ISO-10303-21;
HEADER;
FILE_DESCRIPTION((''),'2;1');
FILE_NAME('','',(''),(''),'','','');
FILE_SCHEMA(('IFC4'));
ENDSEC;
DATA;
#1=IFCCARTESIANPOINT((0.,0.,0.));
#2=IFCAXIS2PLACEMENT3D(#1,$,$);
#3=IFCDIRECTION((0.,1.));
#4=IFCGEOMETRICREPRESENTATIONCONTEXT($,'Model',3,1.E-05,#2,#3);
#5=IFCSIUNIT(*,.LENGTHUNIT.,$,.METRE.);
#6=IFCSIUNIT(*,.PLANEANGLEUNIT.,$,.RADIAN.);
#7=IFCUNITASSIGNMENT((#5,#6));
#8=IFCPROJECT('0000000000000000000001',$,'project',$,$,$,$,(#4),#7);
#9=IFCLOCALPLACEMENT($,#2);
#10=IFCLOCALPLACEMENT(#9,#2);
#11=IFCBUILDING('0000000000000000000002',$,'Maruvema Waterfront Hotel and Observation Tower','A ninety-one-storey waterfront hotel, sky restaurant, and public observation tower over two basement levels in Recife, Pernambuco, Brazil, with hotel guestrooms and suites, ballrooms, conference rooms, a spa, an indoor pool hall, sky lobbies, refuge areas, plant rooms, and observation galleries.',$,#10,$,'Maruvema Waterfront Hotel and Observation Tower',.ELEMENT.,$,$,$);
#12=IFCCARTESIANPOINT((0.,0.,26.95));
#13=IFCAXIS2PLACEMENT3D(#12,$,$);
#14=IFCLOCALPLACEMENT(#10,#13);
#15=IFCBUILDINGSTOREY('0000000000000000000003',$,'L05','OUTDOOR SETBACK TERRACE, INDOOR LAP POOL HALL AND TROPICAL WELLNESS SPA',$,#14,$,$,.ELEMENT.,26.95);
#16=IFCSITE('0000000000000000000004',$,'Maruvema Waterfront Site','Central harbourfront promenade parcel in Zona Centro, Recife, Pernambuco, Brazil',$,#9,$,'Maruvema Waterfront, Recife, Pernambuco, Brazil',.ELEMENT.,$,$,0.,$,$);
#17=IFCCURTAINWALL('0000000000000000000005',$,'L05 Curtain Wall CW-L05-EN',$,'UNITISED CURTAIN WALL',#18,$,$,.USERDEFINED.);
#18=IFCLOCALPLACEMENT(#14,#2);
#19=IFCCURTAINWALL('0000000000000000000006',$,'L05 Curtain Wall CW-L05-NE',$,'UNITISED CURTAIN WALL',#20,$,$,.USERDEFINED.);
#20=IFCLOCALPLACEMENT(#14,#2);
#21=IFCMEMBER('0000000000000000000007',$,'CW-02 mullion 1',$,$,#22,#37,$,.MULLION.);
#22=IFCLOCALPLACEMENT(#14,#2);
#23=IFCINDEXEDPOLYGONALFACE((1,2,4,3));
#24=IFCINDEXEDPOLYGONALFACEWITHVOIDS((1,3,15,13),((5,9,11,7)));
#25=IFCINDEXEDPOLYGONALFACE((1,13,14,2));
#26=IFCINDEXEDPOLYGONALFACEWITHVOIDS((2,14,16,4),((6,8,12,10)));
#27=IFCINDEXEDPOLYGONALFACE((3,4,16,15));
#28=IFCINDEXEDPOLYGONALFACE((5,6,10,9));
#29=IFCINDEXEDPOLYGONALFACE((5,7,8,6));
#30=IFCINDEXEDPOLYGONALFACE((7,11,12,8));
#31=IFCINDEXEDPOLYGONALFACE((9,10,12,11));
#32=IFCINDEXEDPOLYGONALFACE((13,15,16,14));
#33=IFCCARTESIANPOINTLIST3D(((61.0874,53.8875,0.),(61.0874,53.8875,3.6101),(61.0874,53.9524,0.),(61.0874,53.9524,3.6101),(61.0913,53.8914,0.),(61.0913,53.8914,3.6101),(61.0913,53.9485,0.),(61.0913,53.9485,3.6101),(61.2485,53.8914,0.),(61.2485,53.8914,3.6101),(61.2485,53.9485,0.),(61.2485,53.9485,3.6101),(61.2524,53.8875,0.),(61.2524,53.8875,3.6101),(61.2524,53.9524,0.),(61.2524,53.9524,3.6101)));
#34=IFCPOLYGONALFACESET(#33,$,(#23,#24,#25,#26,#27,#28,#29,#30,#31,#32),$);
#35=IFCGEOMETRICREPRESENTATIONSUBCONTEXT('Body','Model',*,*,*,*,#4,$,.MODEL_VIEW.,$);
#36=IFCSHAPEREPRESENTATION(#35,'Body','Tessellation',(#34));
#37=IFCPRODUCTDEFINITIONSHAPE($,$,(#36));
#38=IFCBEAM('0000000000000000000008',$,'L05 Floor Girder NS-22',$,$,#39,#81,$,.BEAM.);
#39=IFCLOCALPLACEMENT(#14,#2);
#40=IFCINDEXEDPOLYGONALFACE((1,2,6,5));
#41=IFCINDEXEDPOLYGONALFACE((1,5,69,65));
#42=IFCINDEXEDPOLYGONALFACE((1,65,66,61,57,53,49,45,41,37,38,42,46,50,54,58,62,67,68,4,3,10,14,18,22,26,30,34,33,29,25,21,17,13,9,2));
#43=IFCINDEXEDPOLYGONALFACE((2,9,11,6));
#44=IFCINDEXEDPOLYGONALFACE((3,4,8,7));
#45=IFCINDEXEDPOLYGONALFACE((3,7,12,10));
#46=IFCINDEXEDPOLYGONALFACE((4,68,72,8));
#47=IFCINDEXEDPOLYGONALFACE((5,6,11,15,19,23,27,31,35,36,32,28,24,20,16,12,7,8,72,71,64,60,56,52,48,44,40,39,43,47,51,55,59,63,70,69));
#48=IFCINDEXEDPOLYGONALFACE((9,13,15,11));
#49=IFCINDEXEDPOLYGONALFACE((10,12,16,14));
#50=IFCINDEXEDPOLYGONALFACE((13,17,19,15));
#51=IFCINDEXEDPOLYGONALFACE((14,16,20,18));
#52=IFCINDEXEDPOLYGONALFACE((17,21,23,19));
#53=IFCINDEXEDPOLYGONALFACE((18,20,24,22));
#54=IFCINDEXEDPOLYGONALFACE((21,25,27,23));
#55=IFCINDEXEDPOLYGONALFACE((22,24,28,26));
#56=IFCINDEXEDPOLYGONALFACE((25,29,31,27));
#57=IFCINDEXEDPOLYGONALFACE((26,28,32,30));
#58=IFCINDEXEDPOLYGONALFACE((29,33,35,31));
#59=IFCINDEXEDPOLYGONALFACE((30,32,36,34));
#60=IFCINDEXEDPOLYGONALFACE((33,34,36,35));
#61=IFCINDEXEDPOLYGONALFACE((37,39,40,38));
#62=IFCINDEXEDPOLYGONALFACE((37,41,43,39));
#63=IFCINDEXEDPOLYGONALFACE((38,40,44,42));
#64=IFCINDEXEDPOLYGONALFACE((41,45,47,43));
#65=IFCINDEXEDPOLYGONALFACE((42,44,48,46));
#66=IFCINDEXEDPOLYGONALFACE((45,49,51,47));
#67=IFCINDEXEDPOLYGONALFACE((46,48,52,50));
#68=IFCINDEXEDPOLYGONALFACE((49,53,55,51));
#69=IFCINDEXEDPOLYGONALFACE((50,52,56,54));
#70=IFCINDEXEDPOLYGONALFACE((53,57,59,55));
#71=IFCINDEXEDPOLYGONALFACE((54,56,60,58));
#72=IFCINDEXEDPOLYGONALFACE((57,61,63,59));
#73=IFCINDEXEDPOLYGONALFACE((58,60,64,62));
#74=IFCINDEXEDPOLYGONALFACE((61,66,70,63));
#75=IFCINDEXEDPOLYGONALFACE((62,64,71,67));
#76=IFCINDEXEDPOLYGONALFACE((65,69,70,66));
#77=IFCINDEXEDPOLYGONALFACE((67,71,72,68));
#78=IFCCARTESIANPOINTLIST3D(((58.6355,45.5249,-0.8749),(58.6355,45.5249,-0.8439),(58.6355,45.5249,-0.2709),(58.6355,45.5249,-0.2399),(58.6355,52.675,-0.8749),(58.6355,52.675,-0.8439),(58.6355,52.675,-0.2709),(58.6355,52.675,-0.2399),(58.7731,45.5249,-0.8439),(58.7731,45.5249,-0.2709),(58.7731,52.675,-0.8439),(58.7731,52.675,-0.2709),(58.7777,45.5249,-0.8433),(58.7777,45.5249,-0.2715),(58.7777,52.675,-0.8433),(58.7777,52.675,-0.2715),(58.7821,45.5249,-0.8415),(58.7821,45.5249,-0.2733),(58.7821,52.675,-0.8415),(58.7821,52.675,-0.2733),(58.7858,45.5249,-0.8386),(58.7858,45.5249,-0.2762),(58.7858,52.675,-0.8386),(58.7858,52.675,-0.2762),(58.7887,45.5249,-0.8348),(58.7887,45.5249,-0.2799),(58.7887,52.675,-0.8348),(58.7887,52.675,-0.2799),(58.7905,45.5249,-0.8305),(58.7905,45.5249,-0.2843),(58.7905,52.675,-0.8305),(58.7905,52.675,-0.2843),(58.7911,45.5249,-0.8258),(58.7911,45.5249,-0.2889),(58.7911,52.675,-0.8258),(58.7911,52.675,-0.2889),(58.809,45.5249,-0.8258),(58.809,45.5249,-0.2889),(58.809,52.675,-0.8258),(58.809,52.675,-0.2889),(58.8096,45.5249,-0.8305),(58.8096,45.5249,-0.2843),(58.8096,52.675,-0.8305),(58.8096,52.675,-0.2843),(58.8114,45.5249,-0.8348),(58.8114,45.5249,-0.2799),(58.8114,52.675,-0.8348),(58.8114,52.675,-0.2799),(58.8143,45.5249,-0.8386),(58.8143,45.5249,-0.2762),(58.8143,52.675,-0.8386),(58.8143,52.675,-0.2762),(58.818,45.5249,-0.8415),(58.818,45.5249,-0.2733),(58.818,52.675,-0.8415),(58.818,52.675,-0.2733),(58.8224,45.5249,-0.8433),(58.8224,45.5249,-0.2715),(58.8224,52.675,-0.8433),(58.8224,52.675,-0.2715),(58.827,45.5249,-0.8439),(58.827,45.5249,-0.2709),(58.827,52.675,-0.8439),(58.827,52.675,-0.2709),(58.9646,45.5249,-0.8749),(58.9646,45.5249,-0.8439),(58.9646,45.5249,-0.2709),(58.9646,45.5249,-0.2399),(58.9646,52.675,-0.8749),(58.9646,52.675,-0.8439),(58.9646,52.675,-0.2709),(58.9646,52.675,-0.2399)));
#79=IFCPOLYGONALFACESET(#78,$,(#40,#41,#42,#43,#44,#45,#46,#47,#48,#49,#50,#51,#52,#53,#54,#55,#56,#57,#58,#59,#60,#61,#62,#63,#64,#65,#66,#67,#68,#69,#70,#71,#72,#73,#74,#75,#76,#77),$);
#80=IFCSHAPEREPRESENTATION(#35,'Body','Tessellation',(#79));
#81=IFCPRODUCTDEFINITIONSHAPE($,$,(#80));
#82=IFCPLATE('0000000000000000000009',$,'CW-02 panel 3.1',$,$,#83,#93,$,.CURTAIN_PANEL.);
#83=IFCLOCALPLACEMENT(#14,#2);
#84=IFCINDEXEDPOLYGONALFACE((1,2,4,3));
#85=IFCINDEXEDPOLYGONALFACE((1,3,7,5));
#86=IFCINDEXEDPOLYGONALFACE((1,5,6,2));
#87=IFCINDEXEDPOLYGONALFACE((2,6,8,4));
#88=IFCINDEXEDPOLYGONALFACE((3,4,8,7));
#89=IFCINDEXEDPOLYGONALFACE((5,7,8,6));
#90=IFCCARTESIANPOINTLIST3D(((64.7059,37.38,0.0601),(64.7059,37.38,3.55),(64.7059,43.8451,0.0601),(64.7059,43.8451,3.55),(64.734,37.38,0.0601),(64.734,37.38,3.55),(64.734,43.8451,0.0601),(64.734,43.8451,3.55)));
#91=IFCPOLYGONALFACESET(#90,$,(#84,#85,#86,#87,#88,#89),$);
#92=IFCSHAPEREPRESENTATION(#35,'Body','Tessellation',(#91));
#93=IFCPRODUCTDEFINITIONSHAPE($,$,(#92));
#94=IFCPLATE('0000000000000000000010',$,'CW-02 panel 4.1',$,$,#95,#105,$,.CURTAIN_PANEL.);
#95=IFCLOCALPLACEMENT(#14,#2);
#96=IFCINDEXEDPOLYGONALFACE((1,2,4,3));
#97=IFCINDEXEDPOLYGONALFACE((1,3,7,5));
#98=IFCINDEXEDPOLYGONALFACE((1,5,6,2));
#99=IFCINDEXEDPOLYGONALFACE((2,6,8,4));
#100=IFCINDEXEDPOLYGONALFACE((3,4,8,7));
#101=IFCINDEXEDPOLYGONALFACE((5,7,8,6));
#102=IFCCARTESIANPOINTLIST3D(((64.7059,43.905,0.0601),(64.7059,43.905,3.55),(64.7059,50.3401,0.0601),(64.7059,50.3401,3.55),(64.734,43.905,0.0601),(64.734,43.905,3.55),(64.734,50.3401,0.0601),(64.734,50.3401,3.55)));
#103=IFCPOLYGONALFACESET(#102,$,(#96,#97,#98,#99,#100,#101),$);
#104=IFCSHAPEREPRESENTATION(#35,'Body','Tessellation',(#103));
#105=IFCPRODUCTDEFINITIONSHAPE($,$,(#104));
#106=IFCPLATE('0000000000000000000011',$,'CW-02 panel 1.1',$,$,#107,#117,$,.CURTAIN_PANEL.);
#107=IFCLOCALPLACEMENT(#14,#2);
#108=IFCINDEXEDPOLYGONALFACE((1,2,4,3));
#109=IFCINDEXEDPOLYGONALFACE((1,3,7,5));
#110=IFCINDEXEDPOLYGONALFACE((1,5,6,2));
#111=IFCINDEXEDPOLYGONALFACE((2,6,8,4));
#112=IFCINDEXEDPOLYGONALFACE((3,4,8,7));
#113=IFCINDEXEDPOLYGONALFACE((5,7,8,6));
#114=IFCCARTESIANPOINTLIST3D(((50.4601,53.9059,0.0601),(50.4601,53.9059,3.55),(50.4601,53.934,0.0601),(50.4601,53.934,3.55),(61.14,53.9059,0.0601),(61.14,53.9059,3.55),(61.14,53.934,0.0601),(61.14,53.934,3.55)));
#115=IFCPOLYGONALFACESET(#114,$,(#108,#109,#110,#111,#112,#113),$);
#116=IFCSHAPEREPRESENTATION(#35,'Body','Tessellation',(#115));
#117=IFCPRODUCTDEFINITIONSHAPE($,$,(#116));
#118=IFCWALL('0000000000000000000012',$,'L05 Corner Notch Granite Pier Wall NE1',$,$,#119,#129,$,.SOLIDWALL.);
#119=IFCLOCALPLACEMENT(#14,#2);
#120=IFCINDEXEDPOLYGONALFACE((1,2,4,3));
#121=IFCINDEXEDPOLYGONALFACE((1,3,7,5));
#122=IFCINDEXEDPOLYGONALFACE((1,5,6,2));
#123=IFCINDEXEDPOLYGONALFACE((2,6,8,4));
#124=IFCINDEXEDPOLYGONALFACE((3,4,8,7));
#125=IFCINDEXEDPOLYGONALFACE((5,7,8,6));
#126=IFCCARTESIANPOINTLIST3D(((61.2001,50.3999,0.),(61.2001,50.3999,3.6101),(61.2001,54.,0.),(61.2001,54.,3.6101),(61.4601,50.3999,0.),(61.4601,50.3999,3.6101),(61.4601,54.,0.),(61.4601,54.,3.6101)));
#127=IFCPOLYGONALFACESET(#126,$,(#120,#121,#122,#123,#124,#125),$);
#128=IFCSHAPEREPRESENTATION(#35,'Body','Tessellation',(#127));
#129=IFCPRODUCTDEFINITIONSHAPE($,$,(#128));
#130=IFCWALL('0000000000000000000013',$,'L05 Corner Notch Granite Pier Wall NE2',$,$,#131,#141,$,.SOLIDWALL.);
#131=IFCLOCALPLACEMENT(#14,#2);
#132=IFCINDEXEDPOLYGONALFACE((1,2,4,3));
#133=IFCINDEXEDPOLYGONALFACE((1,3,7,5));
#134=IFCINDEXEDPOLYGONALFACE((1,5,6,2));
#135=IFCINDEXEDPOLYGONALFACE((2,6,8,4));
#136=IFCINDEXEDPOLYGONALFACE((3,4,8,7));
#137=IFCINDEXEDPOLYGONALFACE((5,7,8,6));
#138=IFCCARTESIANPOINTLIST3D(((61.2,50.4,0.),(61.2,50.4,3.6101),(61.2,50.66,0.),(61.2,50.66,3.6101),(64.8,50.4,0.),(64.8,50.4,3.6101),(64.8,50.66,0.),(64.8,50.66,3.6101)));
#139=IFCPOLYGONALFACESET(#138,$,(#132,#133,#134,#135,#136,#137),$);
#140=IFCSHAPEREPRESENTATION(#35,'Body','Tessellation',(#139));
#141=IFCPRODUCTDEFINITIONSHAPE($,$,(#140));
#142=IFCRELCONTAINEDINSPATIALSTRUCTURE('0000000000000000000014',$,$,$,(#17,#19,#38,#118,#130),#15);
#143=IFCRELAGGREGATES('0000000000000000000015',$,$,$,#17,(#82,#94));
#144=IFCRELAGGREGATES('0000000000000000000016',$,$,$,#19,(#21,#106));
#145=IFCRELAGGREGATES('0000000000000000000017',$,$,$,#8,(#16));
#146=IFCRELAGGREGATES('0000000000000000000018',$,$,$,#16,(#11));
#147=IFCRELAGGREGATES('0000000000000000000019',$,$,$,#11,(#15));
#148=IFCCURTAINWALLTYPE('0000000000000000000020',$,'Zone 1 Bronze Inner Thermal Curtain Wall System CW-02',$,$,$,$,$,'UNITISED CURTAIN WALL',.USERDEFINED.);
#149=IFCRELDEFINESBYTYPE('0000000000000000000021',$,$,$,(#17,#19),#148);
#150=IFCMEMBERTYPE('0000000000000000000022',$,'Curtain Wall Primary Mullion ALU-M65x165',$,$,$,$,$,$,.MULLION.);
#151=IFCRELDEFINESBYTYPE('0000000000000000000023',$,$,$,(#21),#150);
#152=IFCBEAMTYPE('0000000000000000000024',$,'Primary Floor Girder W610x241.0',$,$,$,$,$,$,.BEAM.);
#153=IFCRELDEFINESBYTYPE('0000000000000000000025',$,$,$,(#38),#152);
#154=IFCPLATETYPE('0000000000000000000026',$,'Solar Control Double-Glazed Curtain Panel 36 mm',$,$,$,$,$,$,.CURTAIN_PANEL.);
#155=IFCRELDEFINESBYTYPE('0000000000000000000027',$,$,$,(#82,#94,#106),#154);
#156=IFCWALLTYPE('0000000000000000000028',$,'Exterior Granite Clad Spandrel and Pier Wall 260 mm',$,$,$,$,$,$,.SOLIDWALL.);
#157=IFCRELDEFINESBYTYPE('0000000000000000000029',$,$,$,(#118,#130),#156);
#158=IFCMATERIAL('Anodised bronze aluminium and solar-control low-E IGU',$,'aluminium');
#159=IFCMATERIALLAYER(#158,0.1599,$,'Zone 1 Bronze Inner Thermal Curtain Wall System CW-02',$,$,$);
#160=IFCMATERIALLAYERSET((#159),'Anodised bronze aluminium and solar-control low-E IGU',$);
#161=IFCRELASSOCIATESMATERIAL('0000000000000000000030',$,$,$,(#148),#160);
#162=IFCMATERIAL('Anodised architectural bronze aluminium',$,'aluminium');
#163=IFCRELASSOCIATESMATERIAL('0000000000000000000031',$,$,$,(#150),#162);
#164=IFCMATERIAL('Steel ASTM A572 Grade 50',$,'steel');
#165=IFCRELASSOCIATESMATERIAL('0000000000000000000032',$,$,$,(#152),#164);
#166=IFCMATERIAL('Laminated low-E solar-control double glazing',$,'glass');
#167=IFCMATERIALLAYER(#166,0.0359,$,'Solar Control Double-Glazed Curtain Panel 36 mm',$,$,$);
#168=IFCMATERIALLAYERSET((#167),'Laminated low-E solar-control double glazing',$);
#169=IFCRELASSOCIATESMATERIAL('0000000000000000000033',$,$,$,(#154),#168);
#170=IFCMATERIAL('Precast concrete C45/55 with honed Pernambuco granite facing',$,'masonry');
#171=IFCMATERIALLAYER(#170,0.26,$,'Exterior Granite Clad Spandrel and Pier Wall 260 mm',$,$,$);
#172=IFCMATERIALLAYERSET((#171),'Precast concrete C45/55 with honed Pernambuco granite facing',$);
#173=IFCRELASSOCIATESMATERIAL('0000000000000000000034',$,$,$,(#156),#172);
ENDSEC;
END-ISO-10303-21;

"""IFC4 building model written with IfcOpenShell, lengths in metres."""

from ifc_helpers import new_model, si_unit, direction, frame, frame_2d, origin, origin_2d, place, context, subcontext, project, spatial, rectangle, hollow_rectangle, i_section, extrude, material, layer, layer_set, material_profile, profile_set, type_object, element, aggregate, save


model = new_model("IFC4")

# Units and contexts
model_context = context("Model", 3, precision=1e-05, world=origin(), true_north=direction((0.0, 1.0)))
body_context = subcontext(model_context, "Body", "Model", "MODEL_VIEW")
ifc_project = project(units=[si_unit("LENGTHUNIT", "METRE"), si_unit("PLANEANGLEUNIT", "RADIAN")], contexts=[model_context])

# Site, building, storey
site_placement = place(None, origin())
site = spatial("IfcSite", under=ifc_project, at=site_placement, Name="Maruvema Waterfront Site", Description="Central harbourfront promenade parcel in Zona Centro, Recife, Pernambuco, Brazil", LongName="Maruvema Waterfront, Recife, Pernambuco, Brazil", CompositionType="ELEMENT", RefElevation=0.0)
building_placement = place(site_placement, origin())
building = spatial("IfcBuilding", under=site, at=building_placement, Name="Maruvema Waterfront Hotel and Observation Tower", Description="A ninety-one-storey waterfront hotel, sky restaurant, and public observation tower over two basement levels in Recife, Pernambuco, Brazil, with hotel guestrooms and suites, ballrooms, conference rooms, a spa, an indoor pool hall, sky lobbies, refuge areas, plant rooms, and observation galleries.", LongName="Maruvema Waterfront Hotel and Observation Tower", CompositionType="ELEMENT")
storey_placement = place(building_placement, frame((0.0, 0.0, 26.95)))
storey = spatial("IfcBuildingStorey", under=building, at=storey_placement, Name="L05", Description="OUTDOOR SETBACK TERRACE, INDOOR LAP POOL HALL AND TROPICAL WELLNESS SPA", CompositionType="ELEMENT", Elevation=26.95)

# Curtain walls
ifc_material_1 = material(Name="Anodised bronze aluminium and solar-control low-E IGU", Category="aluminium")
ifc_layer_1 = layer(ifc_material_1, 0.1599, Name="Zone 1 Bronze Inner Thermal Curtain Wall System CW-02")
ifc_layer_set_1 = layer_set([ifc_layer_1], Name="Anodised bronze aluminium and solar-control low-E IGU")
curtain_wall_type = type_object("IfcCurtainWallType", Name="Zone 1 Bronze Inner Thermal Curtain Wall System CW-02", ElementType="UNITISED CURTAIN WALL", PredefinedType="USERDEFINED", material=ifc_layer_set_1)
curtain_wall_1_placement = place(storey_placement, origin())
curtain_wall_1 = element("IfcCurtainWall", 1, at=curtain_wall_1_placement, inside=storey, type_object=curtain_wall_type, Name="L05 Curtain Wall CW-L05-EN", ObjectType="UNITISED CURTAIN WALL", PredefinedType="USERDEFINED")
curtain_wall_2_placement = place(storey_placement, origin())
curtain_wall_2 = element("IfcCurtainWall", 2, at=curtain_wall_2_placement, inside=storey, type_object=curtain_wall_type, Name="L05 Curtain Wall CW-L05-NE", ObjectType="UNITISED CURTAIN WALL", PredefinedType="USERDEFINED")

# Member
ifc_material_2 = material(Name="Anodised architectural bronze aluminium", Category="aluminium")
ifc_material_profile_1 = material_profile(ifc_material_2, hollow_rectangle(XDim=0.0649, YDim=0.165, WallThickness=0.0039, at=origin_2d()), Name="ALU-M65x165")
ifc_profile_set_1 = profile_set([ifc_material_profile_1], Name="Anodised architectural bronze aluminium")
member_type_1 = type_object("IfcMemberType", Name="Curtain Wall Primary Mullion ALU-M65x165", PredefinedType="MULLION", material=ifc_profile_set_1)
member_1_placement = place(storey_placement, frame((61.1699, 53.9199, 0.0), z_axis=(0.0, 0.0, 1.0), x_axis=(0.0, -1.0, 0.0)))
member_1 = element("IfcMember", 3, at=member_1_placement, type_object=member_type_1, Name="CW-02 mullion 1", PredefinedType="MULLION", context=body_context, shape_type="SweptSolid", body=[
    extrude(hollow_rectangle(XDim=0.0649, YDim=0.165, WallThickness=0.0039, at=origin_2d()), origin(), (0.0, 0.0, 1.0), 3.6101),
])

# Beam
ifc_material_3 = material(Name="Steel ASTM A572 Grade 50", Category="steel")
ifc_material_profile_2 = material_profile(ifc_material_3, i_section(OverallWidth=0.3291, OverallDepth=0.635, WebThickness=0.0178, FlangeThickness=0.031, FilletRadius=0.0181, at=origin_2d()), Name="W610x241.0")
ifc_profile_set_2 = profile_set([ifc_material_profile_2], Name="Steel ASTM A572 Grade 50")
beam_type = type_object("IfcBeamType", Name="Primary Floor Girder W610x241.0", PredefinedType="BEAM", material=ifc_profile_set_2)
beam_placement = place(storey_placement, frame((58.8, 45.5249, -0.5574), z_axis=(0.0, 1.0, 0.0), x_axis=(-1.0, 0.0, 0.0)))
element("IfcBeam", 4, at=beam_placement, inside=storey, type_object=beam_type, Name="L05 Floor Girder NS-22", PredefinedType="BEAM", context=body_context, shape_type="SweptSolid", body=[
    extrude(i_section(OverallWidth=0.3291, OverallDepth=0.635, WebThickness=0.0178, FlangeThickness=0.031, FilletRadius=0.0181, at=origin_2d()), origin(), (0.0, 0.0, 1.0), 7.1501),
])

# Plates
ifc_material_4 = material(Name="Laminated low-E solar-control double glazing", Category="glass")
ifc_layer_2 = layer(ifc_material_4, 0.0359, Name="Solar Control Double-Glazed Curtain Panel 36 mm")
ifc_layer_set_2 = layer_set([ifc_layer_2], Name="Laminated low-E solar-control double glazing")
plate_type = type_object("IfcPlateType", Name="Solar Control Double-Glazed Curtain Panel 36 mm", PredefinedType="CURTAIN_PANEL", material=ifc_layer_set_2)
plate_1_placement = place(storey_placement, frame((64.72, 40.6125, 0.0601), z_axis=(0.0, 0.0, 1.0), x_axis=(0.0, 1.0, 0.0)))
plate_1 = element("IfcPlate", 5, at=plate_1_placement, type_object=plate_type, Name="CW-02 panel 3.1", PredefinedType="CURTAIN_PANEL", context=body_context, shape_type="SweptSolid", body=[
    extrude(rectangle(XDim=6.4651, YDim=0.0281, at=origin_2d()), origin(), (0.0, 0.0, 1.0), 3.49),
])
plate_2_placement = place(storey_placement, frame((64.72, 47.1226, 0.0601), z_axis=(0.0, 0.0, 1.0), x_axis=(0.0, 1.0, 0.0)))
plate_2 = element("IfcPlate", 6, at=plate_2_placement, type_object=plate_type, Name="CW-02 panel 4.1", PredefinedType="CURTAIN_PANEL", context=body_context, shape_type="SweptSolid", body=[
    extrude(rectangle(XDim=6.4351, YDim=0.0281, at=origin_2d()), origin(), (0.0, 0.0, 1.0), 3.49),
])
aggregate(curtain_wall_1, [plate_1, plate_2])
plate_3_placement = place(storey_placement, frame((55.8, 53.9199, 0.0601), z_axis=(0.0, 0.0, 1.0), x_axis=(-1.0, 0.0, 0.0)))
plate_3 = element("IfcPlate", 7, at=plate_3_placement, type_object=plate_type, Name="CW-02 panel 1.1", PredefinedType="CURTAIN_PANEL", context=body_context, shape_type="SweptSolid", body=[
    extrude(rectangle(XDim=10.6799, YDim=0.0281, at=origin_2d()), origin(), (0.0, 0.0, 1.0), 3.49),
])
aggregate(curtain_wall_2, [member_1, plate_3])

# Walls
ifc_material_5 = material(Name="Precast concrete C45/55 with honed Pernambuco granite facing", Category="masonry")
ifc_layer_3 = layer(ifc_material_5, 0.26, Name="Exterior Granite Clad Spandrel and Pier Wall 260 mm")
ifc_layer_set_3 = layer_set([ifc_layer_3], Name="Precast concrete C45/55 with honed Pernambuco granite facing")
wall_type = type_object("IfcWallType", Name="Exterior Granite Clad Spandrel and Pier Wall 260 mm", PredefinedType="SOLIDWALL", material=ifc_layer_set_3)
for number, where, z_axis, x_axis, name in (
    (8, (61.3301, 54.0, 0.0), (0.0, 0.0, 1.0), (0.0, -1.0, 0.0), "L05 Corner Notch Granite Pier Wall NE1"),
    (9, (61.2, 50.53, 0.0), (0.0, 0.0, 1.0), (1.0, 0.0, 0.0), "L05 Corner Notch Granite Pier Wall NE2"),
):
    element("IfcWall", number, at=place(storey_placement, frame(where, z_axis=z_axis, x_axis=x_axis)), inside=storey, type_object=wall_type, Name=name, PredefinedType="SOLIDWALL", context=body_context, shape_type="SweptSolid", body=[
        extrude(rectangle(XDim=3.6001, YDim=0.26, at=frame_2d((1.8, 0.0))), origin(), (0.0, 0.0, 1.0), 3.6101),
    ])

save(model, "model.ifc")
